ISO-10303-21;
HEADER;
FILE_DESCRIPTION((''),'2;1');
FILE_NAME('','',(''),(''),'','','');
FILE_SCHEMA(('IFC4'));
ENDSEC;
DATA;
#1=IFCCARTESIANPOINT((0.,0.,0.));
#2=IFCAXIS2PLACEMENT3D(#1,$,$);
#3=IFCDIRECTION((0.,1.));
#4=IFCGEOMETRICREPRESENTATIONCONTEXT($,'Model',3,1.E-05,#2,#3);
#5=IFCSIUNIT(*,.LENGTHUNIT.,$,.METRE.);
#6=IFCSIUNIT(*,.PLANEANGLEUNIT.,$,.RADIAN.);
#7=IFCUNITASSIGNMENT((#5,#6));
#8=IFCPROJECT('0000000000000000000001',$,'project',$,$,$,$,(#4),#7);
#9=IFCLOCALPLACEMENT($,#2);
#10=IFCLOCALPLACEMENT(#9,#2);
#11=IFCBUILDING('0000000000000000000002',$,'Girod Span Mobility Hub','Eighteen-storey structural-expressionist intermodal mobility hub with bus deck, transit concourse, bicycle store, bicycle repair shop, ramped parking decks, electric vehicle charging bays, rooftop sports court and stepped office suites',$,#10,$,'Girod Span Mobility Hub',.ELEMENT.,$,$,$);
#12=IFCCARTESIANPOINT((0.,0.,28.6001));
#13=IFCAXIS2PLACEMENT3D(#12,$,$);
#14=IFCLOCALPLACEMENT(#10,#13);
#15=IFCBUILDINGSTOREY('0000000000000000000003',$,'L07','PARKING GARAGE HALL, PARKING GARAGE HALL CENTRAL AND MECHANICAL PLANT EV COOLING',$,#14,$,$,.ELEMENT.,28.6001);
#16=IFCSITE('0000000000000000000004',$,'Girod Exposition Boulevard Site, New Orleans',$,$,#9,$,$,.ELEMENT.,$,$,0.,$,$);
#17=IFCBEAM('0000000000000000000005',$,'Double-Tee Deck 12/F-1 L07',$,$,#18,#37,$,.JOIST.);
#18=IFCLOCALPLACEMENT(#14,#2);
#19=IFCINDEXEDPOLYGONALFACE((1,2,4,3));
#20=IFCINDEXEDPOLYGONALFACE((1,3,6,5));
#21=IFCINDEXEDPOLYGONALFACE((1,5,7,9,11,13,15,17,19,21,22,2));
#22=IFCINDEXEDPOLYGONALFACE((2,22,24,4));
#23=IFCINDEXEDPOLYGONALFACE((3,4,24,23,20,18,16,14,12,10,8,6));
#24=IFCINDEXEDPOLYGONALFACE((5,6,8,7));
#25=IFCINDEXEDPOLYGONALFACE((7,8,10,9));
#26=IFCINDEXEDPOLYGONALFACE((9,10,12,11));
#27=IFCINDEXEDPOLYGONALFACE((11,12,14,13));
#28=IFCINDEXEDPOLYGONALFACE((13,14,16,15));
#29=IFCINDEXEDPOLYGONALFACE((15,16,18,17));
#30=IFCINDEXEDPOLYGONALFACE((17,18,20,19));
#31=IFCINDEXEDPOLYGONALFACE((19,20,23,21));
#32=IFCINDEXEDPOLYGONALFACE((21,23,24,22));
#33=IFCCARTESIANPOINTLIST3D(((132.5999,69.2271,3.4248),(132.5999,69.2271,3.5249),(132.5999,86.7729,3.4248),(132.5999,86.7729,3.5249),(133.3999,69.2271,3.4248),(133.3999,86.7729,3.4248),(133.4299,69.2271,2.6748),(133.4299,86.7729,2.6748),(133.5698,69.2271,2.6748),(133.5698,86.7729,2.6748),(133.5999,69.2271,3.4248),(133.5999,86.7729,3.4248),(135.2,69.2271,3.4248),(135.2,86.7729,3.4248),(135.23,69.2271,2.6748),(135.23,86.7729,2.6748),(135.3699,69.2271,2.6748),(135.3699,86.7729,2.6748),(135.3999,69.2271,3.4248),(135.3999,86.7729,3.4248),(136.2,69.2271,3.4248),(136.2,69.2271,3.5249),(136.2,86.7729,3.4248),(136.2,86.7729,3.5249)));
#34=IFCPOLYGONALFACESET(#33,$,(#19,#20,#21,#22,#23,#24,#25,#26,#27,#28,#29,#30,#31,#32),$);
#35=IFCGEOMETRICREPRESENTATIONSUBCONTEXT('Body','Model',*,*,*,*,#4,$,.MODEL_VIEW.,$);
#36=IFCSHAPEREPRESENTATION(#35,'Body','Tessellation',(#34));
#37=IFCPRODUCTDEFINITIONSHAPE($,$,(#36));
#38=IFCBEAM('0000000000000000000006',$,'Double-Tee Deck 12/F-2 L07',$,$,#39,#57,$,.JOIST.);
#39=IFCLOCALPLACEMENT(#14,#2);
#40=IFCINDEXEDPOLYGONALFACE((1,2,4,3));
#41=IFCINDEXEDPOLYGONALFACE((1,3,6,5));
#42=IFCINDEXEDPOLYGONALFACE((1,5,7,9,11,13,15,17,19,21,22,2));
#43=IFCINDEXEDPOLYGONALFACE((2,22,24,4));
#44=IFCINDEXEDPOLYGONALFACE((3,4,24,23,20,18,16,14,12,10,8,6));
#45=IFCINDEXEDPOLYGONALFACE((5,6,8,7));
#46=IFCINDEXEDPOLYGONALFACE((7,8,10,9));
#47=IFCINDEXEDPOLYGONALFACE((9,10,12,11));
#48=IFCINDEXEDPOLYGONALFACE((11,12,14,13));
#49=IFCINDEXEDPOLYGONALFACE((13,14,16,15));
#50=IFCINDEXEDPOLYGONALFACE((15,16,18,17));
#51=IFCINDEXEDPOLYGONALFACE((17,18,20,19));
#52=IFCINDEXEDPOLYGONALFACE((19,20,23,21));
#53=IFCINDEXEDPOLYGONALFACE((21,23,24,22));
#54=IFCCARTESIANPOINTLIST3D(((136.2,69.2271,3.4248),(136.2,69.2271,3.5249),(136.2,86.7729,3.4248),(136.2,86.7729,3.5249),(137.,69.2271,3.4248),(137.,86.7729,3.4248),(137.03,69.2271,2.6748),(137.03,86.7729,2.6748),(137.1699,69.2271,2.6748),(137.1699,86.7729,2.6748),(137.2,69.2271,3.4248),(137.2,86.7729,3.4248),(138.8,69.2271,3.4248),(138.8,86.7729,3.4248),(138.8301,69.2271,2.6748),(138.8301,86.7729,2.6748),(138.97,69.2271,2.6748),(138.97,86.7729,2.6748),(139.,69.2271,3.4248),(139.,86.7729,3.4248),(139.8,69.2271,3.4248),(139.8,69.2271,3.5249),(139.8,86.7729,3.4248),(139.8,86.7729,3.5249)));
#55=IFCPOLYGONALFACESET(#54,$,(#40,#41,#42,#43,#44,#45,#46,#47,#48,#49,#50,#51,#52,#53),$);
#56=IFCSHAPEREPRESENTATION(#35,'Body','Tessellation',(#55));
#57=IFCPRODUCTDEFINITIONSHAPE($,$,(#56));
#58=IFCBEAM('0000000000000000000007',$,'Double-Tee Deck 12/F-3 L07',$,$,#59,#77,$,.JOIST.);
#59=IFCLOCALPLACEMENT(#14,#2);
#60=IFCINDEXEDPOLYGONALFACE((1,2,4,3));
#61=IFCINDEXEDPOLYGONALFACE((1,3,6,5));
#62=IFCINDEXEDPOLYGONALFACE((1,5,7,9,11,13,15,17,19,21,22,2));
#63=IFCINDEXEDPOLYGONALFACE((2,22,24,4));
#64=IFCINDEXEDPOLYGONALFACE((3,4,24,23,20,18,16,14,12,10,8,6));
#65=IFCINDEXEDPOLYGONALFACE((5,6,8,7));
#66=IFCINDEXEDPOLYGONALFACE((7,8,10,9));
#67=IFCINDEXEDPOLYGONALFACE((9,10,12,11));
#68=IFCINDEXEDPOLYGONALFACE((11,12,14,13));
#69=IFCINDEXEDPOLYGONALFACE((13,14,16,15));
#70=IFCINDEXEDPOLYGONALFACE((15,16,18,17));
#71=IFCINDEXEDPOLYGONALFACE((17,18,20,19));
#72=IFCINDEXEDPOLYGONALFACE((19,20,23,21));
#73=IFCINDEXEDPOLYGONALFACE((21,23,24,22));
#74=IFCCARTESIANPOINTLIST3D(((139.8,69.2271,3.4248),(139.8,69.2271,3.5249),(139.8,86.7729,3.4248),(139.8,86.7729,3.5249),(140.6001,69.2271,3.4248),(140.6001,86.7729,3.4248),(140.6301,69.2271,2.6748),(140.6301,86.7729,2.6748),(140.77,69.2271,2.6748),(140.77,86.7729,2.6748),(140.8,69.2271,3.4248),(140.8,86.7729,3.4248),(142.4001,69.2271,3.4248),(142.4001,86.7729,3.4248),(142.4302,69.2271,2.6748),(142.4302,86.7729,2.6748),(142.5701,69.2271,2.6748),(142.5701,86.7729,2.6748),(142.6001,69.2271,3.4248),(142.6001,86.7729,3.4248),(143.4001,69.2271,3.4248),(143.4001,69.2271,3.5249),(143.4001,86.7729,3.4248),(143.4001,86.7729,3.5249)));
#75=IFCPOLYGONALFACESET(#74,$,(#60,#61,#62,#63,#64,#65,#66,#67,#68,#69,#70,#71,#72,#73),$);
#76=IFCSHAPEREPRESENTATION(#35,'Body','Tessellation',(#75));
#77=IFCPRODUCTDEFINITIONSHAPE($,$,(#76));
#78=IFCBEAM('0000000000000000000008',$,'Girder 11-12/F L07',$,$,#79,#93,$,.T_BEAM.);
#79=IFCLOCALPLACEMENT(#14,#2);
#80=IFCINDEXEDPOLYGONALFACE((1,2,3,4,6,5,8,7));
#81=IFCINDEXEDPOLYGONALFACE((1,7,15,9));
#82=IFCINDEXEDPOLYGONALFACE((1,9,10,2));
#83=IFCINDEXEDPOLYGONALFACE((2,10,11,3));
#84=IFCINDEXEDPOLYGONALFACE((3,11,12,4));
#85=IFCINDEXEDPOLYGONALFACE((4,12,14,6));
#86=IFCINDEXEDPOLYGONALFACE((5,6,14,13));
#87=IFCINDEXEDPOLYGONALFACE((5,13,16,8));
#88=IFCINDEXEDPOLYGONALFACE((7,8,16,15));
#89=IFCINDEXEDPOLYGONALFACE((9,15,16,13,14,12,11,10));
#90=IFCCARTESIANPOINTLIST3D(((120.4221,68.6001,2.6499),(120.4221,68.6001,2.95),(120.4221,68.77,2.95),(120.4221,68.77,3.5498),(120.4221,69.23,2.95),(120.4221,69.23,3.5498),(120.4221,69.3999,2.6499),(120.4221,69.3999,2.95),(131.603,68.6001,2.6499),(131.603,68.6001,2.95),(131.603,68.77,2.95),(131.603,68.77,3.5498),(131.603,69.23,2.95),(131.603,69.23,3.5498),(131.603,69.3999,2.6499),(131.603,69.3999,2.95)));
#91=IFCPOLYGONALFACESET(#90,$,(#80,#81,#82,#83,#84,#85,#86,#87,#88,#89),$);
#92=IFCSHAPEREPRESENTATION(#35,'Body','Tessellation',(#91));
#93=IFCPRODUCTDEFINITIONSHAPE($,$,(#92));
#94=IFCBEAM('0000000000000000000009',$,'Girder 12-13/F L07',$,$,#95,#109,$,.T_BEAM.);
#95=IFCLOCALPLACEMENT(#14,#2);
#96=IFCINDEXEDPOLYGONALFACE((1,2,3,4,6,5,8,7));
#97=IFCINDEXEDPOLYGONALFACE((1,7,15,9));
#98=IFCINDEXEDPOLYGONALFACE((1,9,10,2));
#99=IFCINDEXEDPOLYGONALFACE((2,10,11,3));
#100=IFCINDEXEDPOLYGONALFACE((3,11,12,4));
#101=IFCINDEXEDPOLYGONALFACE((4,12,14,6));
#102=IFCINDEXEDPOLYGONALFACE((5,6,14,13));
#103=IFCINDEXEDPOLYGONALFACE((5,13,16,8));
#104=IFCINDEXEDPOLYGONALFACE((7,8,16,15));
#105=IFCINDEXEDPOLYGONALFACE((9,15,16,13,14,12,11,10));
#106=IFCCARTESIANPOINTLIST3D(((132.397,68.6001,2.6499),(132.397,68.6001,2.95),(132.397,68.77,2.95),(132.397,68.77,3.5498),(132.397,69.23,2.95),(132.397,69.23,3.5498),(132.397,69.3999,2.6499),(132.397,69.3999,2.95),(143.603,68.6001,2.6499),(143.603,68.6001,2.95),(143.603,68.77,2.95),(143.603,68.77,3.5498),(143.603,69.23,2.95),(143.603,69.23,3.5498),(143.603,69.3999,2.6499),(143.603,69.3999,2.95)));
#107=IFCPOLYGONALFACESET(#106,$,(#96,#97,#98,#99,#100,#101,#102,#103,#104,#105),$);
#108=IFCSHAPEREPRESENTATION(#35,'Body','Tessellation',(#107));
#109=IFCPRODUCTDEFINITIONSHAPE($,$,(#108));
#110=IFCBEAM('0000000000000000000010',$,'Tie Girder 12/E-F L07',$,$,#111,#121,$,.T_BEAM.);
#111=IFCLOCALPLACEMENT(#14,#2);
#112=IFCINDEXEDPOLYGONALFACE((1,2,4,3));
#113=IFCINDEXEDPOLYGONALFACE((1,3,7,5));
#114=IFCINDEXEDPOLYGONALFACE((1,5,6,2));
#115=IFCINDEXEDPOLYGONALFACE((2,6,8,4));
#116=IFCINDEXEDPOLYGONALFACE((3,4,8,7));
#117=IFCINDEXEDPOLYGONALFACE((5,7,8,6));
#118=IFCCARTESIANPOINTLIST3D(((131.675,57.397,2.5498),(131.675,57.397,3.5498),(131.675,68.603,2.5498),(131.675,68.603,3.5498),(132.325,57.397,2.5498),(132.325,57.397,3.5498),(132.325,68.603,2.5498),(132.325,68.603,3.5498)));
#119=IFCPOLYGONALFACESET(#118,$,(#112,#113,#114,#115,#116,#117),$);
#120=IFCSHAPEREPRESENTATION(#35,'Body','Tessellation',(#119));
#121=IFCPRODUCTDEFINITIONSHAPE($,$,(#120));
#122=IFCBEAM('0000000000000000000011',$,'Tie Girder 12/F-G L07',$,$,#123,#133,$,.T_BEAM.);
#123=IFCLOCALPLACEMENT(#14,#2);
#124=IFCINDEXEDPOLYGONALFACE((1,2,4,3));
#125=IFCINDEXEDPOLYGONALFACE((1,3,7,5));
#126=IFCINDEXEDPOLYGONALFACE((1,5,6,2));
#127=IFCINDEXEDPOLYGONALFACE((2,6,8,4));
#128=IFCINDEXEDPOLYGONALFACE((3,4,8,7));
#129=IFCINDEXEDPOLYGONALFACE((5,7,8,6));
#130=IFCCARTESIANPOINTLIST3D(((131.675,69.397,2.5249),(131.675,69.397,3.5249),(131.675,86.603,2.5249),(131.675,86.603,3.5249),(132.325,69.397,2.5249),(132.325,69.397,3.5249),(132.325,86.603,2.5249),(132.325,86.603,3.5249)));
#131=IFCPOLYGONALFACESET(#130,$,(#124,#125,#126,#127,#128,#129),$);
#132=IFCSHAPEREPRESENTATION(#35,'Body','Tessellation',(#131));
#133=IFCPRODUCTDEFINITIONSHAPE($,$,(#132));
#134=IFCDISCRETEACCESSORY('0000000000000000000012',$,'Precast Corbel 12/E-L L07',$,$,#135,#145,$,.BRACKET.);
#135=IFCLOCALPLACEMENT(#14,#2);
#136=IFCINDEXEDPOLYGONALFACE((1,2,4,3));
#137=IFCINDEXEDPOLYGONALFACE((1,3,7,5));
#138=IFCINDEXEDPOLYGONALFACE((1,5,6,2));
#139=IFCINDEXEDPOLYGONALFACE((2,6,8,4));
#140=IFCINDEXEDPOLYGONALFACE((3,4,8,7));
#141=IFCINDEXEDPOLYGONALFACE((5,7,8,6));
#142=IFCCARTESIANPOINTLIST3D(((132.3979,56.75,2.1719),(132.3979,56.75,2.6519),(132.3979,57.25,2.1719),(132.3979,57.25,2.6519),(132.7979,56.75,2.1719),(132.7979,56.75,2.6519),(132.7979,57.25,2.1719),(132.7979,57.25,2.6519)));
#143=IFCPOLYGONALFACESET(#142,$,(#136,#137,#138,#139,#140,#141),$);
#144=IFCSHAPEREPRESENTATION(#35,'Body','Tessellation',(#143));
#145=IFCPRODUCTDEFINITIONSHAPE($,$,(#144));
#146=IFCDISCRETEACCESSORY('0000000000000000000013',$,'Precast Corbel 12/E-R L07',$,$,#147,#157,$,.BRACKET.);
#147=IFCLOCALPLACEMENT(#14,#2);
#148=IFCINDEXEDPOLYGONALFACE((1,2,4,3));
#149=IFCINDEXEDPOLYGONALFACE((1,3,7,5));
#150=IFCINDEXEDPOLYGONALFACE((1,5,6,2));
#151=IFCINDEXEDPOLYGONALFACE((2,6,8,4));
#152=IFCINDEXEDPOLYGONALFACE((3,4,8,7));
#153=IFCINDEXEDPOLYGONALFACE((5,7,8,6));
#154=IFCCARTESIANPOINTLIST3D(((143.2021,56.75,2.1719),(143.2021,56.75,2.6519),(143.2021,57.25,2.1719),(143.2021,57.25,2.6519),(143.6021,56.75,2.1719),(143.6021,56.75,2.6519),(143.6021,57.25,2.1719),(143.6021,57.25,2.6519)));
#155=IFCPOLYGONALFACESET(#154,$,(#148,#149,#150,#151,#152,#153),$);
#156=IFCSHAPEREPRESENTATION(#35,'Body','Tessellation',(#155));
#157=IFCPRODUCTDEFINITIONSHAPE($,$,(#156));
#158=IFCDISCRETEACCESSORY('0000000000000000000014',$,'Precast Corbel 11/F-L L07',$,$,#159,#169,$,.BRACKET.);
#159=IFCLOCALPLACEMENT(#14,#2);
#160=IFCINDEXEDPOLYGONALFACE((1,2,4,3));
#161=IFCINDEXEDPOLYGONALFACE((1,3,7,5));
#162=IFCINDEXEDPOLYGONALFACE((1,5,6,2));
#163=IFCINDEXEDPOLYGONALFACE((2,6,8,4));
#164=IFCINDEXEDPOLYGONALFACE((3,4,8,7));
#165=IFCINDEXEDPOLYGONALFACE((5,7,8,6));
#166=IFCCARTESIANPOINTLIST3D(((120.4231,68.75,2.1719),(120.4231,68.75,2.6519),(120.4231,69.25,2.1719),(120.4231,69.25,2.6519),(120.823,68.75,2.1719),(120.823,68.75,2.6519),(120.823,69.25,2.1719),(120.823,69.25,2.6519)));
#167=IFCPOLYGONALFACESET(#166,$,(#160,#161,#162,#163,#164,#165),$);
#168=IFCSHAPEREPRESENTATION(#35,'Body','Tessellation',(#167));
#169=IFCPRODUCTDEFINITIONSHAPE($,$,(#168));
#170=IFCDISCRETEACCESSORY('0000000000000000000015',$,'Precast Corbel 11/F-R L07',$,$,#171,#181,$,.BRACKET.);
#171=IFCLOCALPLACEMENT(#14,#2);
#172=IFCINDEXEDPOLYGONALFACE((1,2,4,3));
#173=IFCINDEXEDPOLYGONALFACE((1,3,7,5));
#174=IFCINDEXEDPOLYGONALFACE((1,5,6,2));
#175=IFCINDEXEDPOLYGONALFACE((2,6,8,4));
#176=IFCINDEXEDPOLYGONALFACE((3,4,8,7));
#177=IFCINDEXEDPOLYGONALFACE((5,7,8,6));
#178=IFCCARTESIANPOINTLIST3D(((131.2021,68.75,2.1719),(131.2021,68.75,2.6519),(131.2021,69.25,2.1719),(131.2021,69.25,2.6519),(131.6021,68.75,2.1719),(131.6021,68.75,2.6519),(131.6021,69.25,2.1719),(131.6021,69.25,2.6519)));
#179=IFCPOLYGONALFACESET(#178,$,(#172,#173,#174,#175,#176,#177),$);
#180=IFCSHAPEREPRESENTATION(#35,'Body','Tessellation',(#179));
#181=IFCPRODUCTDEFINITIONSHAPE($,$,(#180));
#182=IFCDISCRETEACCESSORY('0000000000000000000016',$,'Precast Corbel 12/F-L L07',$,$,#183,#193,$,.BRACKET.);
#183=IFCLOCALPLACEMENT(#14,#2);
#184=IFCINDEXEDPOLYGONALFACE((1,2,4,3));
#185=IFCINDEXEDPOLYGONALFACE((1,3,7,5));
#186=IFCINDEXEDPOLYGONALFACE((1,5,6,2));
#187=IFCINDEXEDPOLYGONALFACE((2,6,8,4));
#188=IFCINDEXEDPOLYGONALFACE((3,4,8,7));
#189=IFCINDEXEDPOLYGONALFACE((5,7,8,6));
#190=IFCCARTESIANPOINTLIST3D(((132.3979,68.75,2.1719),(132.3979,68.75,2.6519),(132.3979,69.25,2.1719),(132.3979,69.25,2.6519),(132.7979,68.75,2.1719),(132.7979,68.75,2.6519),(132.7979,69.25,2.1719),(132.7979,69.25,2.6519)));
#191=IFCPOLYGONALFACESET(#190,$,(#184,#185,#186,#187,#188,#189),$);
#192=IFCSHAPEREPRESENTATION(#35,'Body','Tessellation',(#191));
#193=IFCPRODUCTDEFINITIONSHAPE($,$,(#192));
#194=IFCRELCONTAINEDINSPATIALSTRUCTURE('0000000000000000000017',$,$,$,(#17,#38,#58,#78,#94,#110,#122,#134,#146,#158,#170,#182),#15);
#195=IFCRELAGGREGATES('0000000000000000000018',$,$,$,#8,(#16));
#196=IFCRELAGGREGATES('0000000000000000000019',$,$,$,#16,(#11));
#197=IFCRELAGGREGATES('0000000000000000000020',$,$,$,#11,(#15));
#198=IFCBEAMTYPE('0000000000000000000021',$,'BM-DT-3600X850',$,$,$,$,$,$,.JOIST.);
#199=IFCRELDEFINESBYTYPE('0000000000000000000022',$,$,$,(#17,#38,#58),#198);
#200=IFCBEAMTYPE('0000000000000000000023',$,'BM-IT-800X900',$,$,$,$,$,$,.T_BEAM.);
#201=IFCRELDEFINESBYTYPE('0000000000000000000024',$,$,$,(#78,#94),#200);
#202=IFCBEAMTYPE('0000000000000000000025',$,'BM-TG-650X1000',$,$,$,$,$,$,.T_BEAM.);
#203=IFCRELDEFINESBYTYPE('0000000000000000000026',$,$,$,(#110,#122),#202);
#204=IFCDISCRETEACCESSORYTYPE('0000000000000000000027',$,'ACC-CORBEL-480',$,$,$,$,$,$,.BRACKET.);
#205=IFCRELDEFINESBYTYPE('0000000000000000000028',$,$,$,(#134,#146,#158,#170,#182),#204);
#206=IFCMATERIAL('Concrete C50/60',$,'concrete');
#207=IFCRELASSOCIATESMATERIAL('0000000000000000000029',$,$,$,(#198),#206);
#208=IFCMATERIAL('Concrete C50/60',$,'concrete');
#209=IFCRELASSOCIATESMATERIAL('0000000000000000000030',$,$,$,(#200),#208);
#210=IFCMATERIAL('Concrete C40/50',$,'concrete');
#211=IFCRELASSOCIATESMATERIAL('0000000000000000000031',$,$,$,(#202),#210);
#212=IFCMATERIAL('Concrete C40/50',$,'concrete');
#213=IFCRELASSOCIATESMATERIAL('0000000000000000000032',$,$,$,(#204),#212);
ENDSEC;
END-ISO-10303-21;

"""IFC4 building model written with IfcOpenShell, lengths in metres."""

from ifc_helpers import new_model, si_unit, direction, frame, origin, origin_2d, place, context, subcontext, project, spatial, polyline, rectangle, outline, extrude, material, material_profile, profile_set, type_object, element, save


model = new_model("IFC4")

# Units and contexts
model_context = context("Model", 3, precision=1e-05, world=origin(), true_north=direction((0.0, 1.0)))
body_context = subcontext(model_context, "Body", "Model", "MODEL_VIEW")
ifc_project = project(units=[si_unit("LENGTHUNIT", "METRE"), si_unit("PLANEANGLEUNIT", "RADIAN")], contexts=[model_context])

# Site, building, storey
site_placement = place(None, origin())
site = spatial("IfcSite", under=ifc_project, at=site_placement, Name="Girod Exposition Boulevard Site, New Orleans", CompositionType="ELEMENT", RefElevation=0.0)
building_placement = place(site_placement, origin())
building = spatial("IfcBuilding", under=site, at=building_placement, Name="Girod Span Mobility Hub", Description="Eighteen-storey structural-expressionist intermodal mobility hub with bus deck, transit concourse, bicycle store, bicycle repair shop, ramped parking decks, electric vehicle charging bays, rooftop sports court and stepped office suites", LongName="Girod Span Mobility Hub", CompositionType="ELEMENT")
storey_placement = place(building_placement, frame((0.0, 0.0, 28.6001)))
storey = spatial("IfcBuildingStorey", under=building, at=storey_placement, Name="L07", Description="PARKING GARAGE HALL, PARKING GARAGE HALL CENTRAL AND MECHANICAL PLANT EV COOLING", CompositionType="ELEMENT", Elevation=28.6001)

# Beams
ifc_material_1 = material(Name="Concrete C50/60", Category="concrete")
ifc_material_profile_1 = material_profile(ifc_material_1, outline(polyline([(-1.8, 0.425), (-1.8, 0.325), (-1.0, 0.325), (-0.97, -0.425), (-0.8301, -0.425), (-0.8, 0.325), (0.8, 0.325), (0.8301, -0.425), (0.97, -0.425), (1.0, 0.325), (1.8, 0.325), (1.8, 0.425), (-1.8, 0.425)])), Name="DT-3600X850")
ifc_profile_set_1 = profile_set([ifc_material_profile_1], Name="Concrete C50/60")
beam_type_1 = type_object("IfcBeamType", Name="BM-DT-3600X850", PredefinedType="JOIST", material=ifc_profile_set_1)
for number, where, z_axis, x_axis, name in (
    (1, (134.3999, 69.2271, 3.0999), (0.0, 1.0, 0.0), (-1.0, 0.0, 0.0), "Double-Tee Deck 12/F-1 L07"),
    (2, (138.0, 69.2271, 3.0999), (0.0, 1.0, 0.0), (-1.0, 0.0, 0.0), "Double-Tee Deck 12/F-2 L07"),
    (3, (141.6001, 69.2271, 3.0999), (0.0, 1.0, 0.0), (-1.0, 0.0, 0.0), "Double-Tee Deck 12/F-3 L07"),
):
    element("IfcBeam", number, at=place(storey_placement, frame(where, z_axis=z_axis, x_axis=x_axis)), inside=storey, type_object=beam_type_1, Name=name, PredefinedType="JOIST", context=body_context, shape_type="SweptSolid", body=[
        extrude(outline(polyline([(-1.8, 0.425), (-1.8, 0.325), (-1.0, 0.325), (-0.97, -0.425), (-0.8301, -0.425), (-0.8, 0.325), (0.8, 0.325), (0.8301, -0.425), (0.97, -0.425), (1.0, 0.325), (1.8, 0.325), (1.8, 0.425), (-1.8, 0.425)])), origin(), (0.0, 0.0, 1.0), 17.5459),
    ])
ifc_material_2 = material(Name="Concrete C50/60", Category="concrete")
ifc_material_profile_2 = material_profile(ifc_material_2, outline(polyline([(-0.3999, -0.45), (0.3999, -0.45), (0.3999, -0.1499), (0.23, -0.1499), (0.23, 0.45), (-0.23, 0.45), (-0.23, -0.1499), (-0.3999, -0.1499), (-0.3999, -0.45)])), Name="IT-800X900")
ifc_profile_set_2 = profile_set([ifc_material_profile_2], Name="Concrete C50/60")
beam_type_2 = type_object("IfcBeamType", Name="BM-IT-800X900", PredefinedType="T_BEAM", material=ifc_profile_set_2)
beam_1_placement = place(storey_placement, frame((120.4221, 69.0, 3.0999), z_axis=(1.0, 0.0, 0.0), x_axis=(0.0, 1.0, 0.0)))
element("IfcBeam", 4, at=beam_1_placement, inside=storey, type_object=beam_type_2, Name="Girder 11-12/F L07", PredefinedType="T_BEAM", context=body_context, shape_type="SweptSolid", body=[
    extrude(outline(polyline([(-0.3999, -0.45), (0.3999, -0.45), (0.3999, -0.1499), (0.23, -0.1499), (0.23, 0.45), (-0.23, 0.45), (-0.23, -0.1499), (-0.3999, -0.1499), (-0.3999, -0.45)])), origin(), (0.0, 0.0, 1.0), 11.1809),
])
beam_2_placement = place(storey_placement, frame((132.397, 69.0, 3.0999), z_axis=(1.0, 0.0, 0.0), x_axis=(0.0, 1.0, 0.0)))
element("IfcBeam", 5, at=beam_2_placement, inside=storey, type_object=beam_type_2, Name="Girder 12-13/F L07", PredefinedType="T_BEAM", context=body_context, shape_type="SweptSolid", body=[
    extrude(outline(polyline([(-0.3999, -0.45), (0.3999, -0.45), (0.3999, -0.1499), (0.23, -0.1499), (0.23, 0.45), (-0.23, 0.45), (-0.23, -0.1499), (-0.3999, -0.1499), (-0.3999, -0.45)])), origin(), (0.0, 0.0, 1.0), 11.2061),
])
ifc_material_3 = material(Name="Concrete C40/50", Category="concrete")
ifc_material_profile_3 = material_profile(ifc_material_3, rectangle(XDim=0.6499, YDim=1.0, at=origin_2d()), Name="TG-650X1000")
ifc_profile_set_3 = profile_set([ifc_material_profile_3], Name="Concrete C40/50")
beam_type_3 = type_object("IfcBeamType", Name="BM-TG-650X1000", PredefinedType="T_BEAM", material=ifc_profile_set_3)
beam_3_placement = place(storey_placement, frame((132.0, 57.397, 3.0498), z_axis=(0.0, 1.0, 0.0), x_axis=(-1.0, 0.0, 0.0)))
element("IfcBeam", 6, at=beam_3_placement, inside=storey, type_object=beam_type_3, Name="Tie Girder 12/E-F L07", PredefinedType="T_BEAM", context=body_context, shape_type="SweptSolid", body=[
    extrude(rectangle(XDim=0.6499, YDim=1.0, at=origin_2d()), origin(), (0.0, 0.0, 1.0), 11.2061),
])
beam_4_placement = place(storey_placement, frame((132.0, 69.397, 3.0249), z_axis=(0.0, 1.0, 0.0), x_axis=(-1.0, 0.0, 0.0)))
element("IfcBeam", 7, at=beam_4_placement, inside=storey, type_object=beam_type_3, Name="Tie Girder 12/F-G L07", PredefinedType="T_BEAM", context=body_context, shape_type="SweptSolid", body=[
    extrude(rectangle(XDim=0.6499, YDim=1.0, at=origin_2d()), origin(), (0.0, 0.0, 1.0), 17.2061),
])

# Discrete accessories
ifc_material_4 = material(Name="Concrete C40/50", Category="concrete")
discrete_accessory_type = type_object("IfcDiscreteAccessoryType", Name="ACC-CORBEL-480", PredefinedType="BRACKET", material=ifc_material_4)
for number, where, z_axis, x_axis, name in (
    (8, (132.5979, 57.0, 2.1719), (0.0, 0.0, 1.0), (1.0, 0.0, 0.0), "Precast Corbel 12/E-L L07"),
    (9, (143.4021, 57.0, 2.1719), (0.0, 0.0, 1.0), (1.0, 0.0, 0.0), "Precast Corbel 12/E-R L07"),
    (10, (120.623, 69.0, 2.1719), (0.0, 0.0, 1.0), (1.0, 0.0, 0.0), "Precast Corbel 11/F-L L07"),
    (11, (131.4021, 69.0, 2.1719), (0.0, 0.0, 1.0), (1.0, 0.0, 0.0), "Precast Corbel 11/F-R L07"),
    (12, (132.5979, 69.0, 2.1719), (0.0, 0.0, 1.0), (1.0, 0.0, 0.0), "Precast Corbel 12/F-L L07"),
):
    element("IfcDiscreteAccessory", number, at=place(storey_placement, frame(where, z_axis=z_axis, x_axis=x_axis)), inside=storey, type_object=discrete_accessory_type, Name=name, PredefinedType="BRACKET", context=body_context, shape_type="SweptSolid", body=[
        extrude(rectangle(XDim=0.3999, YDim=0.5, at=origin_2d()), origin(), (0.0, 0.0, 1.0), 0.48),
    ])

save(model, "model.ifc")
